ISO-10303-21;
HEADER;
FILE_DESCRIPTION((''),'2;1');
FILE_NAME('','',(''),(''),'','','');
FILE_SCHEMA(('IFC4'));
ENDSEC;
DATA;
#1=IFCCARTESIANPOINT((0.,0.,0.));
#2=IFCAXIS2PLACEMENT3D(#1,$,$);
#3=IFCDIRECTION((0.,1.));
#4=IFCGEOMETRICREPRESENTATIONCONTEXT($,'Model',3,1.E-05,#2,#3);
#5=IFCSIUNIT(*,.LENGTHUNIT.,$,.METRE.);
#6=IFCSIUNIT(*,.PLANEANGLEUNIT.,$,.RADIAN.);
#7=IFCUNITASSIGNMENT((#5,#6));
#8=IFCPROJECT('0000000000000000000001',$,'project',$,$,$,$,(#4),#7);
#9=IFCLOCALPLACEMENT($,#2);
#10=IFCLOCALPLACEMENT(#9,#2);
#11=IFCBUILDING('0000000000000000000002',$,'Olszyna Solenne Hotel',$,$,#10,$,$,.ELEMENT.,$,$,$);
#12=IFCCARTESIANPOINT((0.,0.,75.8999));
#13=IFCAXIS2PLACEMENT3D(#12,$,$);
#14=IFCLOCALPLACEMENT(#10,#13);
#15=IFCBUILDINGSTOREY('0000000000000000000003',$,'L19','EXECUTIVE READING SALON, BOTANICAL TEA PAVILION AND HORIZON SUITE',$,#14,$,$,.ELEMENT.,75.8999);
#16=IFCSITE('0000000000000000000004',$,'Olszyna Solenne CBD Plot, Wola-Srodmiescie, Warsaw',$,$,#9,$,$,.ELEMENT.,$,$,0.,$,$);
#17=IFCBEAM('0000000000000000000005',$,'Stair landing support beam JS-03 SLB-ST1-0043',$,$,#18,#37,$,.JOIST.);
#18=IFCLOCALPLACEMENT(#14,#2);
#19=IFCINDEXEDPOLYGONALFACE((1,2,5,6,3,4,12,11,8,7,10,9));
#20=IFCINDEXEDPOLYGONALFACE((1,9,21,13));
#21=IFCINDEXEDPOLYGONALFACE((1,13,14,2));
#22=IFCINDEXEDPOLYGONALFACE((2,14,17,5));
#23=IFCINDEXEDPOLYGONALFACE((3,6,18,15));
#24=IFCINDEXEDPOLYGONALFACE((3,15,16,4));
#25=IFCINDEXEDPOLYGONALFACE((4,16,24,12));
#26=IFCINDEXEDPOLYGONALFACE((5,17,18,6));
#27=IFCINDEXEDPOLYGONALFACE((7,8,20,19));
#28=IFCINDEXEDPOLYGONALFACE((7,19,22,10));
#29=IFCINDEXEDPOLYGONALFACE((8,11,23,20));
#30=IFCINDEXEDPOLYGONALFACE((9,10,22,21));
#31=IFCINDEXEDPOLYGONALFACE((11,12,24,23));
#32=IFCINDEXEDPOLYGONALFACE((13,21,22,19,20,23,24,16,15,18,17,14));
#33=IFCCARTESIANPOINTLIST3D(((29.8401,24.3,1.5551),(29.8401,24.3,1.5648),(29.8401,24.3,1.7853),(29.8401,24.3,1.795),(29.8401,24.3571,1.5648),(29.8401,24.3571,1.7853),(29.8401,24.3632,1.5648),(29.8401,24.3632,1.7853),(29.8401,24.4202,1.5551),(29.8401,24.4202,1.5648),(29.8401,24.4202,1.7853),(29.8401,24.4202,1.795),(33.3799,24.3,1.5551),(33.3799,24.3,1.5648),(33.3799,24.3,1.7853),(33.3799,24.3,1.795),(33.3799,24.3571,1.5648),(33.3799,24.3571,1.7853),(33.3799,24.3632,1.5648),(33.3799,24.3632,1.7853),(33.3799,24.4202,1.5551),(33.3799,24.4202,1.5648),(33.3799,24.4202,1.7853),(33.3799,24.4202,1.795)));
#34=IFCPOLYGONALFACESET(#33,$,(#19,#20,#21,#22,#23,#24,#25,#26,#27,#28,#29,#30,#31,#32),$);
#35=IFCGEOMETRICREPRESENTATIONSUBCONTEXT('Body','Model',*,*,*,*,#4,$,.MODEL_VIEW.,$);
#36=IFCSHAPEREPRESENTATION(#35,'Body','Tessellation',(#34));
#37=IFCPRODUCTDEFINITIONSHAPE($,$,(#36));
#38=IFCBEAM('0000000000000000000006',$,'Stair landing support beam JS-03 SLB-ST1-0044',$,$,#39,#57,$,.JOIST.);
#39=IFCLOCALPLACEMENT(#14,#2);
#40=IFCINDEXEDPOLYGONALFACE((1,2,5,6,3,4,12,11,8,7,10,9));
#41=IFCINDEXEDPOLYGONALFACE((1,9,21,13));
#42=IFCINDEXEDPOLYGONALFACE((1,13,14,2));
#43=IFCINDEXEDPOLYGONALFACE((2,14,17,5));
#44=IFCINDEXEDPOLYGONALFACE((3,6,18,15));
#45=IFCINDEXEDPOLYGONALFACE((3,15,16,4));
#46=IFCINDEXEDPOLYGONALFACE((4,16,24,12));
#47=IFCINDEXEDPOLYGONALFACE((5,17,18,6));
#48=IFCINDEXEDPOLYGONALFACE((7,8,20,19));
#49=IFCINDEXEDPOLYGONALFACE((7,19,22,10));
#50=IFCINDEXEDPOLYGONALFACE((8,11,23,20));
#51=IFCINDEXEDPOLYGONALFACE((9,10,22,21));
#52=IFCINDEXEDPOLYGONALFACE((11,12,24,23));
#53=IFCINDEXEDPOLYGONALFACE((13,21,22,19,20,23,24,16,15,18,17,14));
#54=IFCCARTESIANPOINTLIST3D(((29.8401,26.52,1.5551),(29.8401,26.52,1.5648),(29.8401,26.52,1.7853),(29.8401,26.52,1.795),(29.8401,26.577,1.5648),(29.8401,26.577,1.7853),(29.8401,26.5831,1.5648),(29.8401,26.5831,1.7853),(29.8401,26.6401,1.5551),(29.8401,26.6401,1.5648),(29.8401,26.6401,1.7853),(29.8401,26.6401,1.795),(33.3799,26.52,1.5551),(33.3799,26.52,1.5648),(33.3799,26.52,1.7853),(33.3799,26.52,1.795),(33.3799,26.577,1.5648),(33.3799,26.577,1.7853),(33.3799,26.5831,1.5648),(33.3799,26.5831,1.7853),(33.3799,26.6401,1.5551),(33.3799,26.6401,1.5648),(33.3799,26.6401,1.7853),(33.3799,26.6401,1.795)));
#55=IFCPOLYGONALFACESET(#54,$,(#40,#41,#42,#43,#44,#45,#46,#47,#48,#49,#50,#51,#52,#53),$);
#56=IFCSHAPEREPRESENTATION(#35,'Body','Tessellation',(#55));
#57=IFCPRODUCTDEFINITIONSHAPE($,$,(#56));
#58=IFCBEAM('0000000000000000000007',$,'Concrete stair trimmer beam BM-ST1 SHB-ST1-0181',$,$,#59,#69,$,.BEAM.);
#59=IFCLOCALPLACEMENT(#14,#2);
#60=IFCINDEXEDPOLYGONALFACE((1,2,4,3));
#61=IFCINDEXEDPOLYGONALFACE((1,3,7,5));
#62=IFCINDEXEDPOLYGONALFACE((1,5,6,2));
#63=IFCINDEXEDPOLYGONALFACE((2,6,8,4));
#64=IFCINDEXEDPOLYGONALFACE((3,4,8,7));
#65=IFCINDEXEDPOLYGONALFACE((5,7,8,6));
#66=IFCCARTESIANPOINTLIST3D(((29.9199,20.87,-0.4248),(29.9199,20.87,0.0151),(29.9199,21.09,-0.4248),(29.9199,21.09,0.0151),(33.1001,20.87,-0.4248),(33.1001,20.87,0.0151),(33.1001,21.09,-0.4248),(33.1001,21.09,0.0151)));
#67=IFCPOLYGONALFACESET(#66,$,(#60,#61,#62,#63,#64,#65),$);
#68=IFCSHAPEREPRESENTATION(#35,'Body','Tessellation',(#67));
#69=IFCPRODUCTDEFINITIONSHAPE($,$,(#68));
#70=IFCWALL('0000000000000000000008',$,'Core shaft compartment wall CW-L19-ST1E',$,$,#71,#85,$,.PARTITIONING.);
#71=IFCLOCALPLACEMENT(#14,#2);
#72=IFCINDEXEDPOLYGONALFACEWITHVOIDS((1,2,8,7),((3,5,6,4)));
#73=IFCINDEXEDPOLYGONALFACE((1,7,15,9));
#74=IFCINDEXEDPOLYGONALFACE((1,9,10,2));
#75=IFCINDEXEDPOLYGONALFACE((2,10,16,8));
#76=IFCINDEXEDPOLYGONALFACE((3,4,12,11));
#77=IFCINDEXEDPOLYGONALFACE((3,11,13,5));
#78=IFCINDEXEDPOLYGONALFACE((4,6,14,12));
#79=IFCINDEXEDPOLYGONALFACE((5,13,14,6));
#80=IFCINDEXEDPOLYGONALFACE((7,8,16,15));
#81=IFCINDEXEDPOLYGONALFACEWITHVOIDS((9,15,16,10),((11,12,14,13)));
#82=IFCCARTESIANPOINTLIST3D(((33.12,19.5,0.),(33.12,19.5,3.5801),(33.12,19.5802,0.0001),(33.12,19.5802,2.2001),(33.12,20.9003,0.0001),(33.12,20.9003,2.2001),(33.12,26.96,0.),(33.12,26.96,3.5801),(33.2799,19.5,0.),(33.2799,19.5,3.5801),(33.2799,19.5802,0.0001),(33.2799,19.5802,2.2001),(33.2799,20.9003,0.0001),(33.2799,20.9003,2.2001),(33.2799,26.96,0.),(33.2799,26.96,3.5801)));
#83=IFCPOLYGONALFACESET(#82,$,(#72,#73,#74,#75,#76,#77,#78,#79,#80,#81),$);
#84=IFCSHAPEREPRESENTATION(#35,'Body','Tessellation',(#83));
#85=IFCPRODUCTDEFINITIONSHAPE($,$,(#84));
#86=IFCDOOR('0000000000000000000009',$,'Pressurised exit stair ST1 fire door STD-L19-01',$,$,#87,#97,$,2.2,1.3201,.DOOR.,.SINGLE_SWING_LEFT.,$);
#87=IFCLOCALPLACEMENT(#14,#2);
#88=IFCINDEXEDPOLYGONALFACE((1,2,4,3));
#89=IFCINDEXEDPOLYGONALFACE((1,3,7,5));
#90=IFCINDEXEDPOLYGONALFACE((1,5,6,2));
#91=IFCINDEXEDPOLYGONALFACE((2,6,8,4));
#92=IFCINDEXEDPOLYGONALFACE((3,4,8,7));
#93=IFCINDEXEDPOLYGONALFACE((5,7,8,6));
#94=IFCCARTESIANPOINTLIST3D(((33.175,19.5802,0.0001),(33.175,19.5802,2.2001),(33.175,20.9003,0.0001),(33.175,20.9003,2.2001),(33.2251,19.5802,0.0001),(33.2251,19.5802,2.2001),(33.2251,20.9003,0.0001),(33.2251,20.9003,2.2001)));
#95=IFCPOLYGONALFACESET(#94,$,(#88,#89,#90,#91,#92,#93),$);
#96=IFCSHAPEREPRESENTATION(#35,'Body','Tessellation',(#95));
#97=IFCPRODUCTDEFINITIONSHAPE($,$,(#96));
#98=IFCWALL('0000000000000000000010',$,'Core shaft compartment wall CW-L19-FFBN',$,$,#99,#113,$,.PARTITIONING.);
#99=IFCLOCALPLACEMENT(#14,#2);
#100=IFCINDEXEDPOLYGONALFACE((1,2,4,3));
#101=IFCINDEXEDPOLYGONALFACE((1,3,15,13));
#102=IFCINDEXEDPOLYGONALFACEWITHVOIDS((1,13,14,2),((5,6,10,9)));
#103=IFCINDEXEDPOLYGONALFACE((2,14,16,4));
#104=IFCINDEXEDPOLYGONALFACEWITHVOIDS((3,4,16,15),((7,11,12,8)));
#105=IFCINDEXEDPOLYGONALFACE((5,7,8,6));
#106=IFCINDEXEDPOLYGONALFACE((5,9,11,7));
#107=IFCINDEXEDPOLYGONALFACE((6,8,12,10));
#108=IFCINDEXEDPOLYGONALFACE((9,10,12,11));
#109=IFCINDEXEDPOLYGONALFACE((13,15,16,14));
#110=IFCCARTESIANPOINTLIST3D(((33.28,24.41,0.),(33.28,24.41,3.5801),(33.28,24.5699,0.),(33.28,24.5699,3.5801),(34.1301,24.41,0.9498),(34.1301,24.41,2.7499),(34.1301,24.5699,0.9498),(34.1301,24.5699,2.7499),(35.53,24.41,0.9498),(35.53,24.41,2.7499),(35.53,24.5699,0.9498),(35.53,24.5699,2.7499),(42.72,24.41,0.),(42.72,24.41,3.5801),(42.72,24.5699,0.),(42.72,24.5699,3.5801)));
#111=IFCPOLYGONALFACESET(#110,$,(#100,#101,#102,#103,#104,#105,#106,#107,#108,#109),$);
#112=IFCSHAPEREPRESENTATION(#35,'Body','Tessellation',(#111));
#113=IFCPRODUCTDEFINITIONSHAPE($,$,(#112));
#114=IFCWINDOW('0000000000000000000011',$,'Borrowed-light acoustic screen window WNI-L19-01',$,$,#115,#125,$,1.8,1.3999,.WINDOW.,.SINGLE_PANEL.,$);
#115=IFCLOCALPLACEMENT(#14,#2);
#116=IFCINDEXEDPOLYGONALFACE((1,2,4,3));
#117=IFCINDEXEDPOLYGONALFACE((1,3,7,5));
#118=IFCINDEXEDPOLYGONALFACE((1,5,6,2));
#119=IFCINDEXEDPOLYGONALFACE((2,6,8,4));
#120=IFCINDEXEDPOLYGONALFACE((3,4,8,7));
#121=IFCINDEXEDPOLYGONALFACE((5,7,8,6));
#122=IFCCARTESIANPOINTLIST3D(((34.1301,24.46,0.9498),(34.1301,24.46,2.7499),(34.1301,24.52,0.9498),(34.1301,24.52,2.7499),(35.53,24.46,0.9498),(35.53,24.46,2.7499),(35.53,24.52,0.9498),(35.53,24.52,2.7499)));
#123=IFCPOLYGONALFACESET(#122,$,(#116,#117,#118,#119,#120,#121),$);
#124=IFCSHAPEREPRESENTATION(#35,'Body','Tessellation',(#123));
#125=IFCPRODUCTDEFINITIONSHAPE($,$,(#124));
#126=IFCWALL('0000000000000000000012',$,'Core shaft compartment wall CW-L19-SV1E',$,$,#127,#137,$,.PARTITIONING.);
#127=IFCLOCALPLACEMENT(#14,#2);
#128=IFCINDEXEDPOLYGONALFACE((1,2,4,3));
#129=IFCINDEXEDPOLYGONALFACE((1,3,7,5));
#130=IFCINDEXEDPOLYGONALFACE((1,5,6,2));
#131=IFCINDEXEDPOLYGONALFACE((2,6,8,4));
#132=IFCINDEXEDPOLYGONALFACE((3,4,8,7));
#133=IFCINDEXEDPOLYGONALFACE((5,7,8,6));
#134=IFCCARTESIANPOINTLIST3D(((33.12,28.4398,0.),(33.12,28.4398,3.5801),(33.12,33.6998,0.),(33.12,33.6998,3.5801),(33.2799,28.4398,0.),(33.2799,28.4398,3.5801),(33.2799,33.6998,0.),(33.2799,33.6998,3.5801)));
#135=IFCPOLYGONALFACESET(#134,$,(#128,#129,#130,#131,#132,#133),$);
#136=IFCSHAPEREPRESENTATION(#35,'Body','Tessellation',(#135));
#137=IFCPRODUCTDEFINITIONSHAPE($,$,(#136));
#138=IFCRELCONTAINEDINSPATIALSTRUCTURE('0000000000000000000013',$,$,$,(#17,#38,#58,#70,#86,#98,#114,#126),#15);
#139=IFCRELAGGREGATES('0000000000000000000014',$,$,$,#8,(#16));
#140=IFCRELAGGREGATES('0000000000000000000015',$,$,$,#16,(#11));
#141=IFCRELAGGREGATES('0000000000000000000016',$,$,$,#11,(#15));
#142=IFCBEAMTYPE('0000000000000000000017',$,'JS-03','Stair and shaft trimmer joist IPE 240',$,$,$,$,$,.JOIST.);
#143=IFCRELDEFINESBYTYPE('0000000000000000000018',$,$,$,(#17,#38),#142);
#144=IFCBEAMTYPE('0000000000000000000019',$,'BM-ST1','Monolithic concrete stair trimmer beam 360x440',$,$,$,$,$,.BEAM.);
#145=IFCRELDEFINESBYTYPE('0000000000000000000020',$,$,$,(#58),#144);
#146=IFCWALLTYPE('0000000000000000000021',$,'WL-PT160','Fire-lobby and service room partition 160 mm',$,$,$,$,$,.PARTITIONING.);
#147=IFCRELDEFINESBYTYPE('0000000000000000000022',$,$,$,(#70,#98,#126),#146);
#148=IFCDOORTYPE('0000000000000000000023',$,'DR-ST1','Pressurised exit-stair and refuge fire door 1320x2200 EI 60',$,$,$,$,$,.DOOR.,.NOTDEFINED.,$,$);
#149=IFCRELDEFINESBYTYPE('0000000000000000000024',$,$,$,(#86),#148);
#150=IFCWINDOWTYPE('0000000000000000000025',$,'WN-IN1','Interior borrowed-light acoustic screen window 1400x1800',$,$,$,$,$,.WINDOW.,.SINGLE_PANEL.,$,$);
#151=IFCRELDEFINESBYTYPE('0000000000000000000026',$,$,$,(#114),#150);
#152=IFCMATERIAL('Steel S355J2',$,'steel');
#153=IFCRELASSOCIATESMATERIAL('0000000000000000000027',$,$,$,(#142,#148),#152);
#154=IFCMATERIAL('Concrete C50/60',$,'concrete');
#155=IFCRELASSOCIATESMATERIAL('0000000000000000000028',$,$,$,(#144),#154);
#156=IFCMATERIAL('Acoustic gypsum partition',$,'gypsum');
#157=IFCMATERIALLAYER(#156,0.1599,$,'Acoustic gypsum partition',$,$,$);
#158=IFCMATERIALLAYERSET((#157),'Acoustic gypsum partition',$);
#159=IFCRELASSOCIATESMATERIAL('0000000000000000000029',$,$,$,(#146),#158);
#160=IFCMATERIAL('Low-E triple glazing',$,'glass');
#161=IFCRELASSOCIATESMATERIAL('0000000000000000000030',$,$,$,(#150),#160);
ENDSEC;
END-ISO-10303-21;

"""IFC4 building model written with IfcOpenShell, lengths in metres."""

from ifc_helpers import new_model, si_unit, direction, frame, frame_2d, origin, origin_2d, place, context, subcontext, project, spatial, rectangle, i_section, extrude, source, transform, mapped, material, layer, layer_set, material_profile, profile_set, type_object, type_shapes, element, fill, save


model = new_model("IFC4")

# Units and contexts
model_context = context("Model", 3, precision=1e-05, world=origin(), true_north=direction((0.0, 1.0)))
body_context = subcontext(model_context, "Body", "Model", "MODEL_VIEW")
ifc_project = project(units=[si_unit("LENGTHUNIT", "METRE"), si_unit("PLANEANGLEUNIT", "RADIAN")], contexts=[model_context])

# Site, building, storey
site_placement = place(None, origin())
site = spatial("IfcSite", under=ifc_project, at=site_placement, Name="Olszyna Solenne CBD Plot, Wola-Srodmiescie, Warsaw", CompositionType="ELEMENT", RefElevation=0.0)
building_placement = place(site_placement, origin())
building = spatial("IfcBuilding", under=site, at=building_placement, Name="Olszyna Solenne Hotel", CompositionType="ELEMENT")
storey_placement = place(building_placement, frame((0.0, 0.0, 75.8999)))
storey = spatial("IfcBuildingStorey", under=building, at=storey_placement, Name="L19", Description="EXECUTIVE READING SALON, BOTANICAL TEA PAVILION AND HORIZON SUITE", CompositionType="ELEMENT", Elevation=75.8999)

# Beams
ifc_material_1 = material(Name="Steel S355J2", Category="steel")
ifc_material_profile_1 = material_profile(ifc_material_1, i_section(OverallWidth=0.1201, OverallDepth=0.24, WebThickness=0.0061, FlangeThickness=0.0098, at=origin_2d()), Name="IPE 240", Category="load-bearing")
ifc_profile_set_1 = profile_set([ifc_material_profile_1], Name="Steel S355J2")
beam_type_1 = type_object("IfcBeamType", Name="JS-03", Description="Stair and shaft trimmer joist IPE 240", PredefinedType="JOIST", material=ifc_profile_set_1)
shared_shape_1 = source(origin(), body_context, "Body", "SweptSolid", [
    extrude(i_section(OverallWidth=0.1201, OverallDepth=0.24, WebThickness=0.0061, FlangeThickness=0.0098, at=origin_2d()), origin(), (0.0, 0.0, 1.0), 3.5398),
])
for number, where, z_axis, x_axis, name in (
    (1, (33.3799, 24.3601, 1.675), (-1.0, 0.0, 0.0), (0.0, -1.0, 0.0), "Stair landing support beam JS-03 SLB-ST1-0043"),
    (2, (33.3799, 26.5801, 1.675), (-1.0, 0.0, 0.0), (0.0, -1.0, 0.0), "Stair landing support beam JS-03 SLB-ST1-0044"),
):
    element("IfcBeam", number, at=place(storey_placement, frame(where, z_axis=z_axis, x_axis=x_axis)), inside=storey, type_object=beam_type_1, Name=name, PredefinedType="JOIST", context=body_context, shape_type="MappedRepresentation", body=[
        mapped(shared_shape_1, transform((0.0, 0.0, 0.0), x_axis=(1.0, 0.0, 0.0), y_axis=(0.0, 1.0, 0.0), z_axis=(0.0, 0.0, 1.0), scale=1.0)),
    ])
ifc_material_2 = material(Name="Concrete C50/60", Category="concrete")
ifc_material_profile_2 = material_profile(ifc_material_2, rectangle(XDim=0.22, YDim=0.4399, at=origin_2d()), Name="RC 220x440", Category="load-bearing")
ifc_profile_set_2 = profile_set([ifc_material_profile_2], Name="Concrete C50/60")
beam_type_2 = type_object("IfcBeamType", Name="BM-ST1", Description="Monolithic concrete stair trimmer beam 360x440", PredefinedType="BEAM", material=ifc_profile_set_2)
shared_shape_2 = source(origin(), body_context, "Body", "SweptSolid", [
    extrude(rectangle(XDim=0.22, YDim=0.4399, at=origin_2d()), origin(), (0.0, 0.0, 1.0), 3.1802),
])
beam_placement = place(storey_placement, frame((33.1001, 20.98, -0.2048), z_axis=(-1.0, 0.0, 0.0), x_axis=(0.0, -1.0, 0.0)))
element("IfcBeam", 3, at=beam_placement, inside=storey, type_object=beam_type_2, Name="Concrete stair trimmer beam BM-ST1 SHB-ST1-0181", PredefinedType="BEAM", context=body_context, shape_type="MappedRepresentation", body=[
    mapped(shared_shape_2, transform((0.0, 0.0, 0.0), x_axis=(1.0, 0.0, 0.0), y_axis=(0.0, 1.0, 0.0), z_axis=(0.0, 0.0, 1.0), scale=1.0)),
])

# Wall, opening, door
ifc_material_3 = material(Name="Acoustic gypsum partition", Category="gypsum")
ifc_layer = layer(ifc_material_3, 0.1599, Name="Acoustic gypsum partition")
ifc_layer_set = layer_set([ifc_layer], Name="Acoustic gypsum partition")
wall_type = type_object("IfcWallType", Name="WL-PT160", Description="Fire-lobby and service room partition 160 mm", PredefinedType="PARTITIONING", material=ifc_layer_set)
wall_1_placement = place(storey_placement, frame((33.2, 19.5, 0.0), z_axis=(0.0, 0.0, 1.0), x_axis=(0.0, 1.0, 0.0)))
wall_1 = element("IfcWall", 4, at=wall_1_placement, inside=storey, type_object=wall_type, Name="Core shaft compartment wall CW-L19-ST1E", PredefinedType="PARTITIONING", context=body_context, shape_type="SweptSolid", body=[
    extrude(rectangle(XDim=7.46, YDim=0.1599, at=frame_2d((3.73, 0.0))), origin(), (0.0, 0.0, 1.0), 3.5801),
])
opening_1_placement = place(wall_1_placement, frame((0.0801, 0.0, 0.0)))
opening_1 = element("IfcOpeningElement", 5, at=opening_1_placement, cuts=wall_1, PredefinedType="OPENING", context=body_context, shape_type="SweptSolid", body=[
    extrude(rectangle(XDim=1.3201, YDim=2.2, at=frame_2d((0.6602, 1.1001))), frame((0.0, 0.0898, 0.0), z_axis=(0.0, -1.0, 0.0), x_axis=(1.0, 0.0, 0.0)), (0.0, 0.0, 1.0), 0.1799),
])
door_type_1 = type_object("IfcDoorType", Name="DR-ST1", Description="Pressurised exit-stair and refuge fire door 1320x2200 EI 60", OperationType="NOTDEFINED", PredefinedType="DOOR", material=ifc_material_1)
shared_shape_3 = source(origin(), body_context, "Body", "SweptSolid", [
    extrude(rectangle(XDim=1.3201, YDim=2.2, at=frame_2d((0.6602, 1.1001))), frame((0.0, 0.0249, 0.0), z_axis=(0.0, -1.0, 0.0), x_axis=(1.0, 0.0, 0.0)), (0.0, 0.0, 1.0), 0.05),
])
type_shapes(door_type_1, [shared_shape_3])
door_1_placement = place(opening_1_placement, origin())
door_1 = element("IfcDoor", 6, at=door_1_placement, inside=storey, type_object=door_type_1, Name="Pressurised exit stair ST1 fire door STD-L19-01", OperationType="SINGLE_SWING_LEFT", OverallHeight=2.2, OverallWidth=1.3201, PredefinedType="DOOR", context=body_context, shape_type="MappedRepresentation", body=[
    mapped(shared_shape_3, transform((0.0, 0.0, 0.0), x_axis=(1.0, 0.0, 0.0), y_axis=(0.0, 1.0, 0.0), z_axis=(0.0, 0.0, 1.0), scale=1.0)),
])
fill(opening_1, door_1)

# Wall, opening, window
wall_2_placement = place(storey_placement, frame((33.28, 24.49, 0.0), z_axis=(0.0, 0.0, 1.0), x_axis=(1.0, 0.0, 0.0)))
wall_2 = element("IfcWall", 7, at=wall_2_placement, inside=storey, type_object=wall_type, Name="Core shaft compartment wall CW-L19-FFBN", PredefinedType="PARTITIONING", context=body_context, shape_type="SweptSolid", body=[
    extrude(rectangle(XDim=9.4399, YDim=0.1599, at=frame_2d((4.72, 0.0))), origin(), (0.0, 0.0, 1.0), 3.5801),
])
opening_2_placement = place(wall_2_placement, frame((0.8501, 0.0, 0.95)))
opening_2 = element("IfcOpeningElement", 8, at=opening_2_placement, cuts=wall_2, PredefinedType="OPENING", context=body_context, shape_type="SweptSolid", body=[
    extrude(rectangle(XDim=1.3999, YDim=1.8, at=frame_2d((0.7, 0.8999))), frame((0.0, 0.0898, 0.0), z_axis=(0.0, -1.0, 0.0), x_axis=(1.0, 0.0, 0.0)), (0.0, 0.0, 1.0), 0.1799),
])
ifc_material_4 = material(Name="Low-E triple glazing", Category="glass")
window_type = type_object("IfcWindowType", Name="WN-IN1", Description="Interior borrowed-light acoustic screen window 1400x1800", PartitioningType="SINGLE_PANEL", PredefinedType="WINDOW", material=ifc_material_4)
shared_shape_4 = source(origin(), body_context, "Body", "SweptSolid", [
    extrude(rectangle(XDim=1.3999, YDim=1.8, at=frame_2d((0.7, 0.8999))), frame((0.0, 0.03, 0.0), z_axis=(0.0, -1.0, 0.0), x_axis=(1.0, 0.0, 0.0)), (0.0, 0.0, 1.0), 0.0601),
])
type_shapes(window_type, [shared_shape_4])
window_placement = place(opening_2_placement, origin())
window = element("IfcWindow", 9, at=window_placement, inside=storey, type_object=window_type, Name="Borrowed-light acoustic screen window WNI-L19-01", OverallHeight=1.8, OverallWidth=1.3999, PartitioningType="SINGLE_PANEL", PredefinedType="WINDOW", context=body_context, shape_type="MappedRepresentation", body=[
    mapped(shared_shape_4, transform((0.0, 0.0, 0.0), x_axis=(1.0, 0.0, 0.0), y_axis=(0.0, 1.0, 0.0), z_axis=(0.0, 0.0, 1.0), scale=1.0)),
])
fill(opening_2, window)

# Wall
wall_3_placement = place(storey_placement, frame((33.2, 28.4399, 0.0), z_axis=(0.0, 0.0, 1.0), x_axis=(0.0, 1.0, 0.0)))
element("IfcWall", 10, at=wall_3_placement, inside=storey, type_object=wall_type, Name="Core shaft compartment wall CW-L19-SV1E", PredefinedType="PARTITIONING", context=body_context, shape_type="SweptSolid", body=[
    extrude(rectangle(XDim=5.26, YDim=0.1599, at=frame_2d((2.6299, 0.0))), origin(), (0.0, 0.0, 1.0), 3.5801),
])

save(model, "model.ifc")
